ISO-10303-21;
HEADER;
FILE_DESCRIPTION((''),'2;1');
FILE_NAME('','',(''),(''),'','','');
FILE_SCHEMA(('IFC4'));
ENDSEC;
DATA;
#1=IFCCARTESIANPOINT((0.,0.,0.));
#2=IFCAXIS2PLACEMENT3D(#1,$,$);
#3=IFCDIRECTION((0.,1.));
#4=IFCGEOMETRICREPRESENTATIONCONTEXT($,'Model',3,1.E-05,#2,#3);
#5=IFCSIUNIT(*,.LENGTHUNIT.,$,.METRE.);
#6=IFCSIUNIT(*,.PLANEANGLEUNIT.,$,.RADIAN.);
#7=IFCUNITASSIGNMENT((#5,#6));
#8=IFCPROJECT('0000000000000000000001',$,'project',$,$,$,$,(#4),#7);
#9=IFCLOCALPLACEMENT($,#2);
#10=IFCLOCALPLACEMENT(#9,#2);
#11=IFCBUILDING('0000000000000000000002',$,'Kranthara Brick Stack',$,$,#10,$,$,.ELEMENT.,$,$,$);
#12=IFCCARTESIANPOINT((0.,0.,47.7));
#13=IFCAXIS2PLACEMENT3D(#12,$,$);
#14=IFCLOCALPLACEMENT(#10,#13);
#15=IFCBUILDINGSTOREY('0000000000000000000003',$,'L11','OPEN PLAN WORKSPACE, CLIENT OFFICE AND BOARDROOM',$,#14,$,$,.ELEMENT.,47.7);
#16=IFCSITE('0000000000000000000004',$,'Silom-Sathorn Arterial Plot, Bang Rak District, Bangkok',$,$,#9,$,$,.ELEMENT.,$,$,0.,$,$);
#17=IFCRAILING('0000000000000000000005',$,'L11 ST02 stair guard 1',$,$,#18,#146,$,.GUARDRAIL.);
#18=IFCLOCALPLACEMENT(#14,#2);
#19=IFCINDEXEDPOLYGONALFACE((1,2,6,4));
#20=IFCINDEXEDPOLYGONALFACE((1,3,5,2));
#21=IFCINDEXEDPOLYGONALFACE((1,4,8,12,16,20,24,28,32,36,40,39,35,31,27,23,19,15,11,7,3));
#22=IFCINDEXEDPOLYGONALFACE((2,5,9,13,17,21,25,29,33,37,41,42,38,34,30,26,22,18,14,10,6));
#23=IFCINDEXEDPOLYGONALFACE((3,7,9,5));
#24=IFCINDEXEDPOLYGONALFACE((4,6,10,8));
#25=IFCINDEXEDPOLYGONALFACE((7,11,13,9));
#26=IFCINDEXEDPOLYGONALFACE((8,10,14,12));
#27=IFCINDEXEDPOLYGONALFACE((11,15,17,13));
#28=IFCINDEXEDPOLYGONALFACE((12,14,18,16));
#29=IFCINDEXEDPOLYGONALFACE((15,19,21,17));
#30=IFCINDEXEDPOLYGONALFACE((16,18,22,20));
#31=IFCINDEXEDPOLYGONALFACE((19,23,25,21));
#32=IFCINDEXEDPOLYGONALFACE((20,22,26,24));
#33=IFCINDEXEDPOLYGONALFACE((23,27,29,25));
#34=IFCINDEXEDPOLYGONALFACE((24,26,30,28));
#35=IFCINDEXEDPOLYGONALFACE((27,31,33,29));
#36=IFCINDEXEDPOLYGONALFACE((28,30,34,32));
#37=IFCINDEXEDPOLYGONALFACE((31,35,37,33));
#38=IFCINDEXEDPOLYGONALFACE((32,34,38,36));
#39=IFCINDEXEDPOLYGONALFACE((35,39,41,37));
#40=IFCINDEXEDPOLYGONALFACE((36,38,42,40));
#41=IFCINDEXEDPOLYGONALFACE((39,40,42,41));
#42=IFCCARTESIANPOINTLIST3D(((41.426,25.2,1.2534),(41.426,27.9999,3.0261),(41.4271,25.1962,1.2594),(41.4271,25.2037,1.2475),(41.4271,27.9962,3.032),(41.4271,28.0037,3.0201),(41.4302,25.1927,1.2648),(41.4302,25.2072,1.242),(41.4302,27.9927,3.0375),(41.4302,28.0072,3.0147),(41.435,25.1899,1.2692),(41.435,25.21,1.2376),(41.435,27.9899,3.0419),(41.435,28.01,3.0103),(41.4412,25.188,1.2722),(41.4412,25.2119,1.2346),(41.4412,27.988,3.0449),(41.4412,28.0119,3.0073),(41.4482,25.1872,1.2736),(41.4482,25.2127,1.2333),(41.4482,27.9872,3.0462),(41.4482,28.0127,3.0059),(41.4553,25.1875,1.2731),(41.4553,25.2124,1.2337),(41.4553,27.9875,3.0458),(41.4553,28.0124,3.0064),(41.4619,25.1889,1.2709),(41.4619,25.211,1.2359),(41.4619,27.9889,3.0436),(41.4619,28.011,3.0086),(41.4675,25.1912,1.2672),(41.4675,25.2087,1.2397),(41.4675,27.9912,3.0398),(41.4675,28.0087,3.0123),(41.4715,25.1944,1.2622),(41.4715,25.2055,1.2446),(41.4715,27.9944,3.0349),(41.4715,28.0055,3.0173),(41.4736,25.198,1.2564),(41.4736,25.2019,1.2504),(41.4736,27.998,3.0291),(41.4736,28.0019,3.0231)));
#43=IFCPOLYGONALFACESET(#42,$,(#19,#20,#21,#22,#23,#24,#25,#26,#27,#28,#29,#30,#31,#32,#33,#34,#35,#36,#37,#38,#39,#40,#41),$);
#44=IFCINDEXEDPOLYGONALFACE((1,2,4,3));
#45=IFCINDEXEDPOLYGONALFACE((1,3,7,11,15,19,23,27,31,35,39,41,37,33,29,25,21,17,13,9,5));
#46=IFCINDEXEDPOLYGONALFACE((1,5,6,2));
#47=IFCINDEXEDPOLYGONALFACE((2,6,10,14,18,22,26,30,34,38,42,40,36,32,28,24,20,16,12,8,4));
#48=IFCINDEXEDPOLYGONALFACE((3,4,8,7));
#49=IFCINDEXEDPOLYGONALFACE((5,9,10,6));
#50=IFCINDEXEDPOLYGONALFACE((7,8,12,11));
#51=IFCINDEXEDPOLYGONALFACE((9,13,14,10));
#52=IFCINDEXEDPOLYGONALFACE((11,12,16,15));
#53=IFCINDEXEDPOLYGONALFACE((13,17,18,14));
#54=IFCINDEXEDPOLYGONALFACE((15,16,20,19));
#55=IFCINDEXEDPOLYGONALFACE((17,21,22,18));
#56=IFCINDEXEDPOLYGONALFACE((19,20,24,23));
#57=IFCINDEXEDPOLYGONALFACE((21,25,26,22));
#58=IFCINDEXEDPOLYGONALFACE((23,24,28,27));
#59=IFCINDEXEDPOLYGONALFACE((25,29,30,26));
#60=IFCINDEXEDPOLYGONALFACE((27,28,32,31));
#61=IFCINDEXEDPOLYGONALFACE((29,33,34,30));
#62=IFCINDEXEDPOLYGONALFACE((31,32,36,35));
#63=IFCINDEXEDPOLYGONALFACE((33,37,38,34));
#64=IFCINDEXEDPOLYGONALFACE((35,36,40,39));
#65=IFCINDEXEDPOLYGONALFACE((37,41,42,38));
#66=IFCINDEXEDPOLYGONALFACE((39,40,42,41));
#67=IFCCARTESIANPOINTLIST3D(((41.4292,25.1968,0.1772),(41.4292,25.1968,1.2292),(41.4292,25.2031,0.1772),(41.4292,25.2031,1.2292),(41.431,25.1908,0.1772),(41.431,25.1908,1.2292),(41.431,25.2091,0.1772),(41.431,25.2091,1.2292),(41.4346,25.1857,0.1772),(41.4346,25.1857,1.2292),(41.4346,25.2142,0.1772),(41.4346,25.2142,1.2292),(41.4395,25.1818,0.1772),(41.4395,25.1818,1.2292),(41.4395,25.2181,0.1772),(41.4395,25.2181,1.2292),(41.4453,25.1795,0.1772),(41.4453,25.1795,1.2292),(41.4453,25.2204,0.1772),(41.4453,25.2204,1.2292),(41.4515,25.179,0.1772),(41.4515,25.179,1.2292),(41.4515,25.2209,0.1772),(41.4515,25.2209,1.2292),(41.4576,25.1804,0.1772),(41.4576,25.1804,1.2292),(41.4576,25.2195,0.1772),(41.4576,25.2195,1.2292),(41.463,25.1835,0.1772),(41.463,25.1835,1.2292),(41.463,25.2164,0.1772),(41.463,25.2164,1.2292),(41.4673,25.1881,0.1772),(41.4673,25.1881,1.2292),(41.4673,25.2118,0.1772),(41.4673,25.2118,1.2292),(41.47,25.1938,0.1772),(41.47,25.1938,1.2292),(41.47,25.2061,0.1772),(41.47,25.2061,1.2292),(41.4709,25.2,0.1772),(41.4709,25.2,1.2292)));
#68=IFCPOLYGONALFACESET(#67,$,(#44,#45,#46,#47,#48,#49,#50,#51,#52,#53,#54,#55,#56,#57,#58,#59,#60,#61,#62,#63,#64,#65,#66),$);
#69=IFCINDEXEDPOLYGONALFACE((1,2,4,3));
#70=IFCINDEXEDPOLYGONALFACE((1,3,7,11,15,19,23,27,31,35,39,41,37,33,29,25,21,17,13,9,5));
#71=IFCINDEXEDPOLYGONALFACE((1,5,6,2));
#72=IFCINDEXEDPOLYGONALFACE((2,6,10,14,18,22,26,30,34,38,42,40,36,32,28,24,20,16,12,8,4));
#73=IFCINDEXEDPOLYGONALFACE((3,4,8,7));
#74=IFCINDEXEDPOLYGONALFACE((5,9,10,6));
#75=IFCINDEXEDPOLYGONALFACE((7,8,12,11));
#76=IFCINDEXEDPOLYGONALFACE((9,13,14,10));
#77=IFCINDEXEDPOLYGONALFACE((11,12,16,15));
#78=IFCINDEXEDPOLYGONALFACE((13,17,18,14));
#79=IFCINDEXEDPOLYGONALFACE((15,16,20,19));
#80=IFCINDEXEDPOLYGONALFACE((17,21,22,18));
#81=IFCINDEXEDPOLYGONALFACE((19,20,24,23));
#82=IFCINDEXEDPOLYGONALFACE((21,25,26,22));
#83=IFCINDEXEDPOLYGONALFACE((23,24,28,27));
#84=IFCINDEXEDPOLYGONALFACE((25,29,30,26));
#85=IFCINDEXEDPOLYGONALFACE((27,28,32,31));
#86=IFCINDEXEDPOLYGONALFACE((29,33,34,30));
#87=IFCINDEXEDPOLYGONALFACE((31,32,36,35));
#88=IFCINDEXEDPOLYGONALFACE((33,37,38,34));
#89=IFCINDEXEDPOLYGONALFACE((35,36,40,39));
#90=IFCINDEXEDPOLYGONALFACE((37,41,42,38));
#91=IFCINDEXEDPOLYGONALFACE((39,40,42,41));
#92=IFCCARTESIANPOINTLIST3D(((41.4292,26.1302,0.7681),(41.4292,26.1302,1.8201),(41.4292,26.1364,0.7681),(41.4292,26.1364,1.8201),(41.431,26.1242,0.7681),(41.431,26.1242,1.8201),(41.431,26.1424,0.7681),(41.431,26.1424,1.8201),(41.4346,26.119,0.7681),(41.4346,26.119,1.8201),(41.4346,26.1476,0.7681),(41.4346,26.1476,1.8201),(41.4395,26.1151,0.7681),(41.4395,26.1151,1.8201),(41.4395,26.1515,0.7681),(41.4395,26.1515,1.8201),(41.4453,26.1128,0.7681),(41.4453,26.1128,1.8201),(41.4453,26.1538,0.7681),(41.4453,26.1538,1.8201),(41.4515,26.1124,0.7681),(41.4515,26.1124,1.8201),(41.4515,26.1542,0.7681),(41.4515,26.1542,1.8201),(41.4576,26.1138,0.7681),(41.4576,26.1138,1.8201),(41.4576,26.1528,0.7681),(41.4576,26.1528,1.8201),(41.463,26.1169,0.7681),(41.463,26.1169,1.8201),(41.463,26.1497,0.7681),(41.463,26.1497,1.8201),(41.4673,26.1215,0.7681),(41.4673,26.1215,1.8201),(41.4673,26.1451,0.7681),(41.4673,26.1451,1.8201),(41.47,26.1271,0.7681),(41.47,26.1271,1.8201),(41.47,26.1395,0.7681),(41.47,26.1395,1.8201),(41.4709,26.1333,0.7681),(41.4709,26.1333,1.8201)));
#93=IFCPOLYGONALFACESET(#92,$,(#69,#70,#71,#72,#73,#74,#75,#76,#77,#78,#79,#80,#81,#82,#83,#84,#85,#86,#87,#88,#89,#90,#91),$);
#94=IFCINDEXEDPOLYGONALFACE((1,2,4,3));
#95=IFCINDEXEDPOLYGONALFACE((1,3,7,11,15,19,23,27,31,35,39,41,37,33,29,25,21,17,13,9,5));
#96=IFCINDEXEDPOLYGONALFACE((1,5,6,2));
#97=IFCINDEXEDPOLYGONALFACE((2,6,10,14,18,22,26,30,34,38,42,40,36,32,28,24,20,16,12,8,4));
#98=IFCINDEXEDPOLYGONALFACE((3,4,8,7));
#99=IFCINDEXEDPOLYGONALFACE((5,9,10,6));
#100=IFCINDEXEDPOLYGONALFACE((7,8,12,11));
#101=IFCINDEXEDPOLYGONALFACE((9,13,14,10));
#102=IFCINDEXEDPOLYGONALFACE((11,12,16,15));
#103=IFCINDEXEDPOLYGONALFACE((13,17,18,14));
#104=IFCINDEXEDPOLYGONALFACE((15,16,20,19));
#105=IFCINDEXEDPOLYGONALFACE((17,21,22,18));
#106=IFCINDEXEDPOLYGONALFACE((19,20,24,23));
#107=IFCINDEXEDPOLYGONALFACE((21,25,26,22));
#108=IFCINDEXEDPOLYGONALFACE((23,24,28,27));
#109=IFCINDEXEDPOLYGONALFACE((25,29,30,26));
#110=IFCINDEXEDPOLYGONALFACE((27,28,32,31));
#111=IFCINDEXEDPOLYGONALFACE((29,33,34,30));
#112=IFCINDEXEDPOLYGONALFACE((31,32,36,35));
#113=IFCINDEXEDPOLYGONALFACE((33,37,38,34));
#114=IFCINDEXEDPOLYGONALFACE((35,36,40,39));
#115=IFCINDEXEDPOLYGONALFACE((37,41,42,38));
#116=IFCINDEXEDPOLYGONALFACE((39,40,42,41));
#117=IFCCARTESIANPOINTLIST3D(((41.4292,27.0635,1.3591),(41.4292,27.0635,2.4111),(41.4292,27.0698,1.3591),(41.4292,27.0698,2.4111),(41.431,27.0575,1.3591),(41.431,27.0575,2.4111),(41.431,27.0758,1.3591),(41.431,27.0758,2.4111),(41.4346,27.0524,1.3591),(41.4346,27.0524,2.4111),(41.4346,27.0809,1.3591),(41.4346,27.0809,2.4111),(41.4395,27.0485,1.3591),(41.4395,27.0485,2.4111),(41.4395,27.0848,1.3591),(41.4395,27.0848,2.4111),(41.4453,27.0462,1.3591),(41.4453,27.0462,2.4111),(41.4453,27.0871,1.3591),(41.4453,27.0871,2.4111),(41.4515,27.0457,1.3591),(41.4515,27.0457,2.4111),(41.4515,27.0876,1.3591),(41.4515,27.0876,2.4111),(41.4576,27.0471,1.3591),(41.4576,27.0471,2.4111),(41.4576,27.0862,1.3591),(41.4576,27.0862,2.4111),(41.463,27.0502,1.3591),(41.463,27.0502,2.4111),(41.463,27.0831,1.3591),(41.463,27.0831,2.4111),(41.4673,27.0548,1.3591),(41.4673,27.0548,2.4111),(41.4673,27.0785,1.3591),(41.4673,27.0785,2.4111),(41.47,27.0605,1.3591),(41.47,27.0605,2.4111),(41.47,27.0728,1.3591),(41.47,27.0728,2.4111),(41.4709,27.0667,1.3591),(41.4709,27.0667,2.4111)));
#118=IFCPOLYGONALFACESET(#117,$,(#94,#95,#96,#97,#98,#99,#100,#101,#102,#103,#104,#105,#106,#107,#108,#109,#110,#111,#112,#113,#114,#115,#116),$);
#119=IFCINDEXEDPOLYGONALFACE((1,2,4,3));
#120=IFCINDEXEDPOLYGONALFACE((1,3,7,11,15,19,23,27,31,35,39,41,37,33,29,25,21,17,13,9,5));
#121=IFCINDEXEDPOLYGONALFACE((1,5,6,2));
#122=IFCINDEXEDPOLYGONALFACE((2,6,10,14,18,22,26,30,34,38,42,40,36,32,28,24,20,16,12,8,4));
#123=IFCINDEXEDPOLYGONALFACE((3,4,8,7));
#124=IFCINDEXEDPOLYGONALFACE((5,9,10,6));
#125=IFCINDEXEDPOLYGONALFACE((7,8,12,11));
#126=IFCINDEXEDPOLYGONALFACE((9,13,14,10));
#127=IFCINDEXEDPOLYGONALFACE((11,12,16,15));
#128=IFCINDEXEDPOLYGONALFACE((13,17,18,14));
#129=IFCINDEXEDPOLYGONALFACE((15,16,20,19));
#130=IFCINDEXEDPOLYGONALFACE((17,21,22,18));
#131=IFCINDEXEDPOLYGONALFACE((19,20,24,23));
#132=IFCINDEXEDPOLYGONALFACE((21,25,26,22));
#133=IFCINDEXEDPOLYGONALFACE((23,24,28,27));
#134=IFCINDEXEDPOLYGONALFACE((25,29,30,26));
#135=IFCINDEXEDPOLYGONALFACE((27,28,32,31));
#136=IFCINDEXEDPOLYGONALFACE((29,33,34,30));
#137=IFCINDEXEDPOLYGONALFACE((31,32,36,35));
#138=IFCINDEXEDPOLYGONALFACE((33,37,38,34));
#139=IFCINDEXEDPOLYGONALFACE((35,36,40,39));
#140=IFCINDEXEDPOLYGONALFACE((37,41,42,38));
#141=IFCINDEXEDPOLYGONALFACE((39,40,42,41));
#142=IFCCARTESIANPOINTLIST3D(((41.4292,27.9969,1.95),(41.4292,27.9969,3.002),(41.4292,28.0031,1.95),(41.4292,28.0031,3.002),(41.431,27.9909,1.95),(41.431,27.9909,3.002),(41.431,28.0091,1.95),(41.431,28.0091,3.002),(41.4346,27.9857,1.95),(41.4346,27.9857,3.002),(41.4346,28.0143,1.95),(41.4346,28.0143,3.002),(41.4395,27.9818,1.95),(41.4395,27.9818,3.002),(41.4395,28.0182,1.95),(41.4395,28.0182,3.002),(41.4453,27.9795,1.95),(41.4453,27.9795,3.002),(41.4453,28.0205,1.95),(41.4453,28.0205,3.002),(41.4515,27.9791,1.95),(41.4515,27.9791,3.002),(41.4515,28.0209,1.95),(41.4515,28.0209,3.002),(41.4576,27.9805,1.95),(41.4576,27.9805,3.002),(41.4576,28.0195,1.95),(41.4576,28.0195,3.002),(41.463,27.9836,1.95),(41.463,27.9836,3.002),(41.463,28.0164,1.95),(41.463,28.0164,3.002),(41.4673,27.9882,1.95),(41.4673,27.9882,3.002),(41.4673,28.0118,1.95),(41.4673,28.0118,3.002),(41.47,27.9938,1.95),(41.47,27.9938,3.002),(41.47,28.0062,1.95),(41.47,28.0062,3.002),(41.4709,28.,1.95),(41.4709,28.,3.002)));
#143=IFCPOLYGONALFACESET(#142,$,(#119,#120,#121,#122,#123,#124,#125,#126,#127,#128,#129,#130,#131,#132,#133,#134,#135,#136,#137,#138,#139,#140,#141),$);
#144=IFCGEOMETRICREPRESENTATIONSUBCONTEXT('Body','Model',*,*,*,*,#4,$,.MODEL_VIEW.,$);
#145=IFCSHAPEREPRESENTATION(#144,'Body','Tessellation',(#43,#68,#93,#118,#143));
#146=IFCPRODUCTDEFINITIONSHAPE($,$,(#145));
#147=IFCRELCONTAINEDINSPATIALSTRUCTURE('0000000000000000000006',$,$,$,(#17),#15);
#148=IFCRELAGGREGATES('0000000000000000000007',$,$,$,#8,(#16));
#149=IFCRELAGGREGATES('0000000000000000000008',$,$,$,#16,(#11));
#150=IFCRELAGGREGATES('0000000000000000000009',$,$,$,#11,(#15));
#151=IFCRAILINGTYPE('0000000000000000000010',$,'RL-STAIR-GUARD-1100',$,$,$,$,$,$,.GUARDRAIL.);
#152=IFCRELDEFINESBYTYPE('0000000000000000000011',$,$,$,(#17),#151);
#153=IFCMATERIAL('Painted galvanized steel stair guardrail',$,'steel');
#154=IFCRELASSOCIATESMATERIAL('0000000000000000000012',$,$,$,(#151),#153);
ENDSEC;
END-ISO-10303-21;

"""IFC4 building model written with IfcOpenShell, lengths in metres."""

from ifc_helpers import new_model, si_unit, direction, frame, origin, origin_2d, place, context, subcontext, project, spatial, circle, extrude, material, type_object, element, save


model = new_model("IFC4")

# Units and contexts
model_context = context("Model", 3, precision=1e-05, world=origin(), true_north=direction((0.0, 1.0)))
body_context = subcontext(model_context, "Body", "Model", "MODEL_VIEW")
ifc_project = project(units=[si_unit("LENGTHUNIT", "METRE"), si_unit("PLANEANGLEUNIT", "RADIAN")], contexts=[model_context])

# Site, building, storey
site_placement = place(None, origin())
site = spatial("IfcSite", under=ifc_project, at=site_placement, Name="Silom-Sathorn Arterial Plot, Bang Rak District, Bangkok", CompositionType="ELEMENT", RefElevation=0.0)
building_placement = place(site_placement, origin())
building = spatial("IfcBuilding", under=site, at=building_placement, Name="Kranthara Brick Stack", CompositionType="ELEMENT")
storey_placement = place(building_placement, frame((0.0, 0.0, 47.7)))
storey = spatial("IfcBuildingStorey", under=building, at=storey_placement, Name="L11", Description="OPEN PLAN WORKSPACE, CLIENT OFFICE AND BOARDROOM", CompositionType="ELEMENT", Elevation=47.7)

# Railing
ifc_material_1 = material(Name="Painted galvanized steel stair guardrail", Category="steel")
railing_type_1 = type_object("IfcRailingType", Name="RL-STAIR-GUARD-1100", PredefinedType="GUARDRAIL", material=ifc_material_1)
railing_1_placement = place(storey_placement, frame((41.45, 25.2, 0.1772)))
element("IfcRailing", 1, at=railing_1_placement, inside=storey, type_object=railing_type_1, Name="L11 ST02 stair guard 1", PredefinedType="GUARDRAIL", context=body_context, shape_type="SweptSolid", body=[
    extrude(circle(Radius=0.0239, at=origin_2d()), frame((0.0, 0.0, 1.0762), z_axis=(0.0, 0.844909, 0.53491), x_axis=(-1.0, 0.0, 0.0)), (0.0, 0.0, 1.0), 3.314),
    extrude(circle(Radius=0.021, at=origin_2d()), origin(), (0.0, 0.0, 1.0), 1.052),
    extrude(circle(Radius=0.021, at=origin_2d()), frame((0.0, 0.9333, 0.5908)), (0.0, 0.0, 1.0), 1.052),
    extrude(circle(Radius=0.021, at=origin_2d()), frame((0.0, 1.8667, 1.1819)), (0.0, 0.0, 1.0), 1.052),
    extrude(circle(Radius=0.021, at=origin_2d()), frame((0.0, 2.8, 1.7727)), (0.0, 0.0, 1.0), 1.052),
])

save(model, "model.ifc")
